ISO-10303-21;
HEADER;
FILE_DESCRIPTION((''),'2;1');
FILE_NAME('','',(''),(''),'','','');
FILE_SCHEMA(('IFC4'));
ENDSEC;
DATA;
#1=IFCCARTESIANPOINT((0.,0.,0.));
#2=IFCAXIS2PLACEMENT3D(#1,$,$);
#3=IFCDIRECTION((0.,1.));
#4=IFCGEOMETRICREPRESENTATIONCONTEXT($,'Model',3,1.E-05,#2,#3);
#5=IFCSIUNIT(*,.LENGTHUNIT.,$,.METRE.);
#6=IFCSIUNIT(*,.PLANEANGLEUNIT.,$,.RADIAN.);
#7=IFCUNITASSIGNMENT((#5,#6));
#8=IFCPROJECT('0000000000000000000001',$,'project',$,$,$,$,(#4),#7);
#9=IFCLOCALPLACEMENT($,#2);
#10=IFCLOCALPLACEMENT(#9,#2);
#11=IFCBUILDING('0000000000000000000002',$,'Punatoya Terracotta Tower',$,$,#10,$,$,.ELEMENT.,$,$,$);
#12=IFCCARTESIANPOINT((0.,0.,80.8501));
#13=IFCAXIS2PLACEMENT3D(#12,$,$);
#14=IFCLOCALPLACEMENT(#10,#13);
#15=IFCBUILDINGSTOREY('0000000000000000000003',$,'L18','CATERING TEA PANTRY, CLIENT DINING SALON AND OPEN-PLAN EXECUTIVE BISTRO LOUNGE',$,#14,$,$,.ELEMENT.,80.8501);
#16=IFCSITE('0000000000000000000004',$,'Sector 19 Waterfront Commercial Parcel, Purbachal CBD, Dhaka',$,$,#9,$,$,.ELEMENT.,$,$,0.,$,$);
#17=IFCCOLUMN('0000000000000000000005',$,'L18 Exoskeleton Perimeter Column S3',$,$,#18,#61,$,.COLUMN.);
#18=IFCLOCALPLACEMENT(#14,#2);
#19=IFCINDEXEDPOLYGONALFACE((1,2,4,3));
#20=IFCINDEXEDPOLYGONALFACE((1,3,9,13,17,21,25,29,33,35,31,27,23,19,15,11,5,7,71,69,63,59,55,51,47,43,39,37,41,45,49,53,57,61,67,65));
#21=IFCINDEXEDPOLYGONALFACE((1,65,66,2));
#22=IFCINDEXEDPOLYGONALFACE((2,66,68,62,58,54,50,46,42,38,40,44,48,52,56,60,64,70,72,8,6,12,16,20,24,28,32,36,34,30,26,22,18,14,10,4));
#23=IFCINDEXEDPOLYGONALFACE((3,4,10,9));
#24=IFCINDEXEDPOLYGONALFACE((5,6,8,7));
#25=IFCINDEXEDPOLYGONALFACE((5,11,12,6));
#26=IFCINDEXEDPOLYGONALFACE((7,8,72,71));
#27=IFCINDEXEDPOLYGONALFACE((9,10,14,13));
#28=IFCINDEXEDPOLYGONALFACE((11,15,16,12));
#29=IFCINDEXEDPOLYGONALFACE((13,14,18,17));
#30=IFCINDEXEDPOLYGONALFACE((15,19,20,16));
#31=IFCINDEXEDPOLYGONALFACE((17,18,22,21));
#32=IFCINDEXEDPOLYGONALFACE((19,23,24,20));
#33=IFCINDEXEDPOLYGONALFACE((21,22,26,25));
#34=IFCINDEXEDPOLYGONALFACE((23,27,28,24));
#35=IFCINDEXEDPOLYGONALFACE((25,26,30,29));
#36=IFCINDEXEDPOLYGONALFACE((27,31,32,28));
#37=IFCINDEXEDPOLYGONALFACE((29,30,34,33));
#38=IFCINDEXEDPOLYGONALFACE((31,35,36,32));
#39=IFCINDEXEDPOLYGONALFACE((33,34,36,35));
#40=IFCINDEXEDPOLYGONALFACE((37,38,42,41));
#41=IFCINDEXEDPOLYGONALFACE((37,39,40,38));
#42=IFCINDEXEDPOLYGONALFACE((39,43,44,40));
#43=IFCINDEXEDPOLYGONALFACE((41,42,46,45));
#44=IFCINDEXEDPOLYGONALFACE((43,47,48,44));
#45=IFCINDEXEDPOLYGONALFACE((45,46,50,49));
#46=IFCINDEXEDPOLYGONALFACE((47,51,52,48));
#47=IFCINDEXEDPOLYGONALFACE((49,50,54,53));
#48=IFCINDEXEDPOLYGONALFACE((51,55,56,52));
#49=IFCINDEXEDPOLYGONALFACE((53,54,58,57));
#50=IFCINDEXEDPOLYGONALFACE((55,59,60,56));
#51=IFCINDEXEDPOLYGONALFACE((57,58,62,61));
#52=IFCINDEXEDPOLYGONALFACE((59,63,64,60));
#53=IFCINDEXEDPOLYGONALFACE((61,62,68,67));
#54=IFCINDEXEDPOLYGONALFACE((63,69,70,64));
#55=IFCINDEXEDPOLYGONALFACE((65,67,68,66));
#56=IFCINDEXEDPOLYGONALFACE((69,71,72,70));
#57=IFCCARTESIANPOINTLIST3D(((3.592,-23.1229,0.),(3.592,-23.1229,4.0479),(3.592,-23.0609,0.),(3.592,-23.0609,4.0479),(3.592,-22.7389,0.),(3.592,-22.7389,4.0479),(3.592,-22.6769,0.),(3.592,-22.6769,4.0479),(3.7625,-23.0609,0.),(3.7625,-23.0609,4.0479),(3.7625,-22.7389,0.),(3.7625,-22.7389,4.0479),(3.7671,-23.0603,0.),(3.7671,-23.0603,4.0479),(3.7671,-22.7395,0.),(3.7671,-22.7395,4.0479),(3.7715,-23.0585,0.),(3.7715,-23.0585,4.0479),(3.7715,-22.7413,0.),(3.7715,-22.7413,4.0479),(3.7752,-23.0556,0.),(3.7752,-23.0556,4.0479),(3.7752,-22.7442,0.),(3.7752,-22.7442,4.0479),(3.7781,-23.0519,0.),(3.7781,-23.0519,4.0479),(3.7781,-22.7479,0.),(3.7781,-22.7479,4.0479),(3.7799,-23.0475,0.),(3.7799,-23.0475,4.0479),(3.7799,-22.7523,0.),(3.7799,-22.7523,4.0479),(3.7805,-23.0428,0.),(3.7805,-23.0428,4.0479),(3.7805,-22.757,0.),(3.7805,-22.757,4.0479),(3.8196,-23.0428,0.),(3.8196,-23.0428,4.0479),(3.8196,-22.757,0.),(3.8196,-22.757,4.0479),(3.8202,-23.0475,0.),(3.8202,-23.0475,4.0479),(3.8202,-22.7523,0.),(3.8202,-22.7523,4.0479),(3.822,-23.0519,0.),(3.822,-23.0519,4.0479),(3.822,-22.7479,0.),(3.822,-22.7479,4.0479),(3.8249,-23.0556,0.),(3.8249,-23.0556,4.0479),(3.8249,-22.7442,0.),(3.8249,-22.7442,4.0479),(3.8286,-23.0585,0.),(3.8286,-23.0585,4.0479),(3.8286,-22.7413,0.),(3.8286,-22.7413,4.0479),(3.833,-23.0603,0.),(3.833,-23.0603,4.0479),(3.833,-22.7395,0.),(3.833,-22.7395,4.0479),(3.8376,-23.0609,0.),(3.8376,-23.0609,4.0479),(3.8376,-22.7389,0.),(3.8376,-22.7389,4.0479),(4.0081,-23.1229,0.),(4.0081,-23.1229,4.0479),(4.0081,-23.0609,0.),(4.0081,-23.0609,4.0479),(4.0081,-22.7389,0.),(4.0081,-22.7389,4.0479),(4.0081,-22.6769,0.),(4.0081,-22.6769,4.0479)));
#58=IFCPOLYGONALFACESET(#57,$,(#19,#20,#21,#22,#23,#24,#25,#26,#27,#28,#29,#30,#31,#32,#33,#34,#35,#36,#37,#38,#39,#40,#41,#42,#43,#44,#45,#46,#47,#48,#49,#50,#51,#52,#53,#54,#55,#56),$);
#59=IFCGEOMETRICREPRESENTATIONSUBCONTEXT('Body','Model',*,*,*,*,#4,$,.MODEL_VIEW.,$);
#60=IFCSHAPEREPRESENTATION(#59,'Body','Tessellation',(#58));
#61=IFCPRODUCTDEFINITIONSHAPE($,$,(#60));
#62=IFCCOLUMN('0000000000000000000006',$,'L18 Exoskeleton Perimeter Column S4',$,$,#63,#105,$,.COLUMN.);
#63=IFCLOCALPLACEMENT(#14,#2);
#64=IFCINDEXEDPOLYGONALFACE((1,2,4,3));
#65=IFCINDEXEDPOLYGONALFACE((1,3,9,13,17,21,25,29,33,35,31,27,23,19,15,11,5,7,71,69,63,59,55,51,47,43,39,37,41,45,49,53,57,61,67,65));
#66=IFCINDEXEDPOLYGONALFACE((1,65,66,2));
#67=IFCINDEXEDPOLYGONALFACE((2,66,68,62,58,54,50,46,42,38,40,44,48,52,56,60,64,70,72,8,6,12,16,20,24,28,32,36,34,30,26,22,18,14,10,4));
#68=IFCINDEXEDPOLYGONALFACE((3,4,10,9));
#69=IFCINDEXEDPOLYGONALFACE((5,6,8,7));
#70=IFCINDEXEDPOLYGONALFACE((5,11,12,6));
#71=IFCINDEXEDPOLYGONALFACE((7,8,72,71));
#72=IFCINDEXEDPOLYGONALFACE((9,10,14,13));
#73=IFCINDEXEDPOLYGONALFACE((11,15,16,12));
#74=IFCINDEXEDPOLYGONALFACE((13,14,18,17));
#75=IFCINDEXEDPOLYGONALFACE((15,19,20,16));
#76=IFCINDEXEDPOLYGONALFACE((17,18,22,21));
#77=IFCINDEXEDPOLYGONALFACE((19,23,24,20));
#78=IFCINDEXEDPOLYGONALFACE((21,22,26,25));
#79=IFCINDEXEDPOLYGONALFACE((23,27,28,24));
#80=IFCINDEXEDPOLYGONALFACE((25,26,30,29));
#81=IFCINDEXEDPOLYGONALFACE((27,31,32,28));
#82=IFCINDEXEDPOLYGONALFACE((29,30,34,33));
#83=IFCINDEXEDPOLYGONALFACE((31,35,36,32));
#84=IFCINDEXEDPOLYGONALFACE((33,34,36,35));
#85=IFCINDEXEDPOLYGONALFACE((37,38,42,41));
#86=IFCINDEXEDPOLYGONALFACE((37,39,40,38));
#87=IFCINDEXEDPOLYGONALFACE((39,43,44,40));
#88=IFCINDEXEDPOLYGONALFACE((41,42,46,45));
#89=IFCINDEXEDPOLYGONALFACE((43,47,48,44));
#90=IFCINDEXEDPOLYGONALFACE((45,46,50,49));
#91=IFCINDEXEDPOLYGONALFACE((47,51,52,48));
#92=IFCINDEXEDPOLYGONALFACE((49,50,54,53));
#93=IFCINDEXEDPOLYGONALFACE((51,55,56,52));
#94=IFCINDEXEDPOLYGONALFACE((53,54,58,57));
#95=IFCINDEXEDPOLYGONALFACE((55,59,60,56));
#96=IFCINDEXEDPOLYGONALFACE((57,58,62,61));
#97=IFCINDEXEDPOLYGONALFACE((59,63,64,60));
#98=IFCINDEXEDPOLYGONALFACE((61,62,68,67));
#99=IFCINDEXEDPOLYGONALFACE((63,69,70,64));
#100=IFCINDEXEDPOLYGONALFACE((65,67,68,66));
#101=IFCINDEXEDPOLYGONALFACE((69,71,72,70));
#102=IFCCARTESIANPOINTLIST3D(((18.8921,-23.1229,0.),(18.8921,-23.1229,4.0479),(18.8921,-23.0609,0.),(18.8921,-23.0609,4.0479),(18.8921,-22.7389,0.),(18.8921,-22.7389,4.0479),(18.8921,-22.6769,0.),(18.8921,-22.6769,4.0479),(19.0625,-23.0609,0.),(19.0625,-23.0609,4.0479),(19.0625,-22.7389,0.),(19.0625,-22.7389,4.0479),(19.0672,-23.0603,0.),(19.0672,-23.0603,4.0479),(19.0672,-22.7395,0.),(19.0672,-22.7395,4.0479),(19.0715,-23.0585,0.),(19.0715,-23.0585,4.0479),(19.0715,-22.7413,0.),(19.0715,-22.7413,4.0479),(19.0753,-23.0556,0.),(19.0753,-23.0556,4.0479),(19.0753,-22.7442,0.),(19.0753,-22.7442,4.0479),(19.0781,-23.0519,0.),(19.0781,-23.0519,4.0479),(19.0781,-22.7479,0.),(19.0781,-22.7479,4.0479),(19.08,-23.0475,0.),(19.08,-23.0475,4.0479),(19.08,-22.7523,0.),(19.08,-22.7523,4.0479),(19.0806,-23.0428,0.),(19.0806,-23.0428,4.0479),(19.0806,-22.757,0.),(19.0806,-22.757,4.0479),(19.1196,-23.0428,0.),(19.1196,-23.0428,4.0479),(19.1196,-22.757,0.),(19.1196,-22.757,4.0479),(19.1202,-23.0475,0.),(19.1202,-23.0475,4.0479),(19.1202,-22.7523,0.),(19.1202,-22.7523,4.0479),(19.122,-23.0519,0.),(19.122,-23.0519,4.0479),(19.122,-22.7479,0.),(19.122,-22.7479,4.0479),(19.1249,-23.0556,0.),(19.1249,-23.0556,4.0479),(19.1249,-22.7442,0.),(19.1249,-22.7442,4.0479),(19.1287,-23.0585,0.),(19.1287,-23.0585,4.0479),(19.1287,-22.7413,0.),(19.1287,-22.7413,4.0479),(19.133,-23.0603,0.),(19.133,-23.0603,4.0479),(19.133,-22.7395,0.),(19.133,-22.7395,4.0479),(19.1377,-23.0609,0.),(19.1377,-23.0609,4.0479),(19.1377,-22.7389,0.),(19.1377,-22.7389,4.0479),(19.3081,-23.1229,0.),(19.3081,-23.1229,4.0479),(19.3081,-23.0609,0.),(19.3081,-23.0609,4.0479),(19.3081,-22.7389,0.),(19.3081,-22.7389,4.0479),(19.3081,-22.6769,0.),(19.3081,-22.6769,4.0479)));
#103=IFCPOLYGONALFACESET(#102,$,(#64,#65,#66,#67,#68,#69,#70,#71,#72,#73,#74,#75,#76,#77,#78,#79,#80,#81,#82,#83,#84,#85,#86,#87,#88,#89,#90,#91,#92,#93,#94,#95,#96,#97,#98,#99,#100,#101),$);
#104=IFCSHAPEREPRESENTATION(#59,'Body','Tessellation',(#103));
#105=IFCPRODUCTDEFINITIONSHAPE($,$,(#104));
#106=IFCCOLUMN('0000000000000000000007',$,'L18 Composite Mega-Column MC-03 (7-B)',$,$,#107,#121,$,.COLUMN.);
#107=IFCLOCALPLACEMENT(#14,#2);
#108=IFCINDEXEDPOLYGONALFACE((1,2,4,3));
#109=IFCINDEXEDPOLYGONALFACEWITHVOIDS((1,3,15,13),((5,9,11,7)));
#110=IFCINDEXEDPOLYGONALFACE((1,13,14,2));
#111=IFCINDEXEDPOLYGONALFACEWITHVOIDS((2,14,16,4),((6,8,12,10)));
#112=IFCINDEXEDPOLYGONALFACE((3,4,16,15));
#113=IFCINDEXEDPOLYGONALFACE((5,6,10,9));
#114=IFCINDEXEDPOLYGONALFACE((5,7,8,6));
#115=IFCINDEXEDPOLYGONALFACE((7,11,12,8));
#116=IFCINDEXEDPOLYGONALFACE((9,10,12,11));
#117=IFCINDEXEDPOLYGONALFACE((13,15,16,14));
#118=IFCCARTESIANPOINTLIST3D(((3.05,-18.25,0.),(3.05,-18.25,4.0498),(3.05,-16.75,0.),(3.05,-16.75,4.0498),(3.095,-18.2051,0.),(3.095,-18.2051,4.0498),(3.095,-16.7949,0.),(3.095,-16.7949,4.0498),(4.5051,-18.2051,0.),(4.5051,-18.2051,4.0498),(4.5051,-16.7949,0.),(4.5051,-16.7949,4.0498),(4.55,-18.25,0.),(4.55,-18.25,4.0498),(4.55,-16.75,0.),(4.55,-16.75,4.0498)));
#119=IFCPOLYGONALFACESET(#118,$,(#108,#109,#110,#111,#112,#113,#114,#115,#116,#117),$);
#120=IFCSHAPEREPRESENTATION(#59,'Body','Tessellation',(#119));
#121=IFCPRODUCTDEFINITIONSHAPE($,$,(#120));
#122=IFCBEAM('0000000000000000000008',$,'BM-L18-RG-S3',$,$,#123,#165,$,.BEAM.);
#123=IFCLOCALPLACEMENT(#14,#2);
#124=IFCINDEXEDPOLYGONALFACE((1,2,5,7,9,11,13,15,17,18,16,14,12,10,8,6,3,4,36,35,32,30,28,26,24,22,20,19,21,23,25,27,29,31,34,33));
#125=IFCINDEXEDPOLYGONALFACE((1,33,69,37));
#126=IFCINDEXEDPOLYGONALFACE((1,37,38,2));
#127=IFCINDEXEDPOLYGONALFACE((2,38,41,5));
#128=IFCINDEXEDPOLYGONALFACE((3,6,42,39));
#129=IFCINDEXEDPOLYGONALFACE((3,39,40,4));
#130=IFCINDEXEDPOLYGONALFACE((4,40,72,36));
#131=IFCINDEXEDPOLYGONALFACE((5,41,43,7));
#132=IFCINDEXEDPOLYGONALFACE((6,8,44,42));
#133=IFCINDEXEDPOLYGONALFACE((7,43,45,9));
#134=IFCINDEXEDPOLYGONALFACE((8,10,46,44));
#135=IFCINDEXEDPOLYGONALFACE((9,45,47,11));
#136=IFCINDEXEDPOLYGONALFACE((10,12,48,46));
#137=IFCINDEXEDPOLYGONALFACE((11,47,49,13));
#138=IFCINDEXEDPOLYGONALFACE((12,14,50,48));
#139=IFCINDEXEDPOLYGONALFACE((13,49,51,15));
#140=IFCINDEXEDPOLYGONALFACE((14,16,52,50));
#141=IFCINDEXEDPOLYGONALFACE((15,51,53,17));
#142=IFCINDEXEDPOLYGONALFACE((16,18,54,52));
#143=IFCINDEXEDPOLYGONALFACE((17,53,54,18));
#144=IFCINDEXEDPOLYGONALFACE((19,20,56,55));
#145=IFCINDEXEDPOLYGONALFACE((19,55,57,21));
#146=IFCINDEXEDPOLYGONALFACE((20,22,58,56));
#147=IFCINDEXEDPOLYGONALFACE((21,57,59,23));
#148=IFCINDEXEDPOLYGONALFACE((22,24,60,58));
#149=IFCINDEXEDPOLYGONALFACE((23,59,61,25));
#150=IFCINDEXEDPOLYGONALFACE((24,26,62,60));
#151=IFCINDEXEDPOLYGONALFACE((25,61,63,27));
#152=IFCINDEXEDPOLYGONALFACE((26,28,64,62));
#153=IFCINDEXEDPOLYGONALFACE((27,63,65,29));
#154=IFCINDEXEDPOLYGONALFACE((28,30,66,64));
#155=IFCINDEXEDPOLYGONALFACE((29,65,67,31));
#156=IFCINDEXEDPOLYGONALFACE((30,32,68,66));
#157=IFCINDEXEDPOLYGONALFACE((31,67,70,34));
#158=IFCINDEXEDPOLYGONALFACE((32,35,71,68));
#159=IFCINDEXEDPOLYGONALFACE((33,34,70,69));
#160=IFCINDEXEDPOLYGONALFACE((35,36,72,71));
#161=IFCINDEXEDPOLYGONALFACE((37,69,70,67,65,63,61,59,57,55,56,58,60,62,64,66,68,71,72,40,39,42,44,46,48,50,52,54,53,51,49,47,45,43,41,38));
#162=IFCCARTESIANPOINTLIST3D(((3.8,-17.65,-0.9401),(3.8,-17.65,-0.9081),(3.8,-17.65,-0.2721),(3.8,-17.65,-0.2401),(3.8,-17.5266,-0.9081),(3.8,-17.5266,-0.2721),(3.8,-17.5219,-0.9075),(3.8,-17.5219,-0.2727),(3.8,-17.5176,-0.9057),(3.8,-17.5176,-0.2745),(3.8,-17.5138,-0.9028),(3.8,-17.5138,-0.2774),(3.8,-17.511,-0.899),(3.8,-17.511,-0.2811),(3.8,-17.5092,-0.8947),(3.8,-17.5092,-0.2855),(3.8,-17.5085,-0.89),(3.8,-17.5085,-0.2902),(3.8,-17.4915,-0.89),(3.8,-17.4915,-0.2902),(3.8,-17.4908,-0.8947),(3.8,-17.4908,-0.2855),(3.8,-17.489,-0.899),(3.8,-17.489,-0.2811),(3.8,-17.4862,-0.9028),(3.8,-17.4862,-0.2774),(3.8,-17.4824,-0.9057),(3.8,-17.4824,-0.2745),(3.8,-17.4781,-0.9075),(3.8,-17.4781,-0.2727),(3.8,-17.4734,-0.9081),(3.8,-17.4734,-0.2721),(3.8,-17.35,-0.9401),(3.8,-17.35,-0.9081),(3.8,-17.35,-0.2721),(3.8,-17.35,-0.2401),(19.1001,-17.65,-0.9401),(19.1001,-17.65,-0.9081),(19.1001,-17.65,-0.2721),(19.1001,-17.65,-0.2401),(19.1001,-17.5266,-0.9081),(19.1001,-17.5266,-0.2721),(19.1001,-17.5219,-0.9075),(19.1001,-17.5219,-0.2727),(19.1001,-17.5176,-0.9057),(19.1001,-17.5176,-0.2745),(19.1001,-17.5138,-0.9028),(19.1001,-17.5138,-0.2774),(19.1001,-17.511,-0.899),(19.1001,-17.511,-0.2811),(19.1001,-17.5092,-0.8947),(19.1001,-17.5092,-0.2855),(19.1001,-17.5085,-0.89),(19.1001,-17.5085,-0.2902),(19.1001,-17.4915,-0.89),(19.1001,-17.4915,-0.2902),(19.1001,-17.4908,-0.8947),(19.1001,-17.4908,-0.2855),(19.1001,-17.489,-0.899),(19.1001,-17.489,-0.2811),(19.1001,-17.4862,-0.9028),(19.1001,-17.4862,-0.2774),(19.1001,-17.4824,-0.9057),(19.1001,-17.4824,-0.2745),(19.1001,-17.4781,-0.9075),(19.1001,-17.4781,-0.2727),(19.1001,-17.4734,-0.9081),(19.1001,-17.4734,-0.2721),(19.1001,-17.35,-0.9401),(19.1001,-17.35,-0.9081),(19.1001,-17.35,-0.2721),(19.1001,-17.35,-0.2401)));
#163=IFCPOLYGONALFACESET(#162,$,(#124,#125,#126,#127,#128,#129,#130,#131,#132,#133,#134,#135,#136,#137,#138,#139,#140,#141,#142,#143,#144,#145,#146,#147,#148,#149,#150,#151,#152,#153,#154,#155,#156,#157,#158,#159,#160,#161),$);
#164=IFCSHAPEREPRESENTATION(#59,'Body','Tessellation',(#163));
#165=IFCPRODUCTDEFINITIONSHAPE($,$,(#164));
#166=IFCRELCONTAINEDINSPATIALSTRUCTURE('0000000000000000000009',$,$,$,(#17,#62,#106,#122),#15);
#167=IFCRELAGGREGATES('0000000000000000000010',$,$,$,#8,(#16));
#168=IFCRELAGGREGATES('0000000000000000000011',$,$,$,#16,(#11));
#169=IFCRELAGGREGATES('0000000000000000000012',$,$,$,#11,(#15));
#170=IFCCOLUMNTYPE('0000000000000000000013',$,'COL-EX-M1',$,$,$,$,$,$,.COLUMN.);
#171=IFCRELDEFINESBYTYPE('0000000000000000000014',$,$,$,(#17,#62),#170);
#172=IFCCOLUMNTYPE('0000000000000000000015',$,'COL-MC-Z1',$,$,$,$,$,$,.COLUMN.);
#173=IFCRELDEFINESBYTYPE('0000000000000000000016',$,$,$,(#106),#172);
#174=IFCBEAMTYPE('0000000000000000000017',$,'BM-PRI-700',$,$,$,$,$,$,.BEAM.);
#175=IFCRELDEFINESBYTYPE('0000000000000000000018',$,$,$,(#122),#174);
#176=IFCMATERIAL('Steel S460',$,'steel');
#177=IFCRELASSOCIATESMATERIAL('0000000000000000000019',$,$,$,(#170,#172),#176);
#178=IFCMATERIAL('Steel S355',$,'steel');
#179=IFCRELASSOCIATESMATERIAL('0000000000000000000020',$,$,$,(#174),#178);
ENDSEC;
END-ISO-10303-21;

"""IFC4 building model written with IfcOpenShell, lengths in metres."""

from ifc_helpers import new_model, si_unit, direction, frame, origin, origin_2d, place, context, subcontext, project, spatial, hollow_rectangle, i_section, extrude, material, material_profile, profile_set, type_object, element, save


model = new_model("IFC4")

# Units and contexts
model_context = context("Model", 3, precision=1e-05, world=origin(), true_north=direction((0.0, 1.0)))
body_context = subcontext(model_context, "Body", "Model", "MODEL_VIEW")
ifc_project = project(units=[si_unit("LENGTHUNIT", "METRE"), si_unit("PLANEANGLEUNIT", "RADIAN")], contexts=[model_context])

# Site, building, storey
site_placement = place(None, origin())
site = spatial("IfcSite", under=ifc_project, at=site_placement, Name="Sector 19 Waterfront Commercial Parcel, Purbachal CBD, Dhaka", CompositionType="ELEMENT", RefElevation=0.0)
building_placement = place(site_placement, origin())
building = spatial("IfcBuilding", under=site, at=building_placement, Name="Punatoya Terracotta Tower", CompositionType="ELEMENT")
storey_placement = place(building_placement, frame((0.0, 0.0, 80.8501)))
storey = spatial("IfcBuildingStorey", under=building, at=storey_placement, Name="L18", Description="CATERING TEA PANTRY, CLIENT DINING SALON AND OPEN-PLAN EXECUTIVE BISTRO LOUNGE", CompositionType="ELEMENT", Elevation=80.8501)

# Columns
ifc_material_1 = material(Name="Steel S460", Category="steel")
ifc_material_profile_1 = material_profile(ifc_material_1, i_section(OverallWidth=0.416, OverallDepth=0.446, WebThickness=0.0391, FlangeThickness=0.062, FilletRadius=0.0181, at=origin_2d()))
ifc_profile_set_1 = profile_set([ifc_material_profile_1], Name="Steel S460")
column_type_1 = type_object("IfcColumnType", Name="COL-EX-M1", PredefinedType="COLUMN", material=ifc_profile_set_1)
for number, where, z_axis, x_axis, name in (
    (1, (3.8, -22.8999, 0.0), (0.0, 0.0, 1.0), (1.0, 0.0, 0.0), "L18 Exoskeleton Perimeter Column S3"),
    (2, (19.1001, -22.8999, 0.0), (0.0, 0.0, 1.0), (1.0, 0.0, 0.0), "L18 Exoskeleton Perimeter Column S4"),
):
    element("IfcColumn", number, at=place(storey_placement, frame(where, z_axis=z_axis, x_axis=x_axis)), inside=storey, type_object=column_type_1, Name=name, PredefinedType="COLUMN", context=body_context, shape_type="SweptSolid", body=[
        extrude(i_section(OverallWidth=0.416, OverallDepth=0.446, WebThickness=0.0391, FlangeThickness=0.062, FilletRadius=0.0181, at=origin_2d()), origin(), (0.0, 0.0, 1.0), 4.0479),
    ])
ifc_material_profile_2 = material_profile(ifc_material_1, hollow_rectangle(XDim=1.5, YDim=1.5, WallThickness=0.0449, at=origin_2d()))
ifc_profile_set_2 = profile_set([ifc_material_profile_2], Name="Steel S460")
column_type_2 = type_object("IfcColumnType", Name="COL-MC-Z1", PredefinedType="COLUMN", material=ifc_profile_set_2)
column_placement = place(storey_placement, frame((3.8, -17.5, 0.0), z_axis=(0.0, 0.0, 1.0), x_axis=(1.0, 0.0, 0.0)))
element("IfcColumn", 3, at=column_placement, inside=storey, type_object=column_type_2, Name="L18 Composite Mega-Column MC-03 (7-B)", PredefinedType="COLUMN", context=body_context, shape_type="SweptSolid", body=[
    extrude(hollow_rectangle(XDim=1.5, YDim=1.5, WallThickness=0.0449, at=origin_2d()), origin(), (0.0, 0.0, 1.0), 4.0498),
])

# Beam
ifc_material_2 = material(Name="Steel S355", Category="steel")
ifc_material_profile_3 = material_profile(ifc_material_2, i_section(OverallWidth=0.3, OverallDepth=0.7, WebThickness=0.0171, FlangeThickness=0.032, FilletRadius=0.0181, at=origin_2d()))
ifc_profile_set_3 = profile_set([ifc_material_profile_3], Name="Steel S355")
beam_type_1 = type_object("IfcBeamType", Name="BM-PRI-700", PredefinedType="BEAM", material=ifc_profile_set_3)
beam_1_placement = place(storey_placement, frame((3.8, -17.5, -0.5901), z_axis=(1.0, 0.0, 0.0), x_axis=(0.0, 1.0, 0.0)))
element("IfcBeam", 4, at=beam_1_placement, inside=storey, type_object=beam_type_1, Name="BM-L18-RG-S3", PredefinedType="BEAM", context=body_context, shape_type="SweptSolid", body=[
    extrude(i_section(OverallWidth=0.3, OverallDepth=0.7, WebThickness=0.0171, FlangeThickness=0.032, FilletRadius=0.0181, at=origin_2d()), origin(), (0.0, 0.0, 1.0), 15.3),
])

save(model, "model.ifc")
